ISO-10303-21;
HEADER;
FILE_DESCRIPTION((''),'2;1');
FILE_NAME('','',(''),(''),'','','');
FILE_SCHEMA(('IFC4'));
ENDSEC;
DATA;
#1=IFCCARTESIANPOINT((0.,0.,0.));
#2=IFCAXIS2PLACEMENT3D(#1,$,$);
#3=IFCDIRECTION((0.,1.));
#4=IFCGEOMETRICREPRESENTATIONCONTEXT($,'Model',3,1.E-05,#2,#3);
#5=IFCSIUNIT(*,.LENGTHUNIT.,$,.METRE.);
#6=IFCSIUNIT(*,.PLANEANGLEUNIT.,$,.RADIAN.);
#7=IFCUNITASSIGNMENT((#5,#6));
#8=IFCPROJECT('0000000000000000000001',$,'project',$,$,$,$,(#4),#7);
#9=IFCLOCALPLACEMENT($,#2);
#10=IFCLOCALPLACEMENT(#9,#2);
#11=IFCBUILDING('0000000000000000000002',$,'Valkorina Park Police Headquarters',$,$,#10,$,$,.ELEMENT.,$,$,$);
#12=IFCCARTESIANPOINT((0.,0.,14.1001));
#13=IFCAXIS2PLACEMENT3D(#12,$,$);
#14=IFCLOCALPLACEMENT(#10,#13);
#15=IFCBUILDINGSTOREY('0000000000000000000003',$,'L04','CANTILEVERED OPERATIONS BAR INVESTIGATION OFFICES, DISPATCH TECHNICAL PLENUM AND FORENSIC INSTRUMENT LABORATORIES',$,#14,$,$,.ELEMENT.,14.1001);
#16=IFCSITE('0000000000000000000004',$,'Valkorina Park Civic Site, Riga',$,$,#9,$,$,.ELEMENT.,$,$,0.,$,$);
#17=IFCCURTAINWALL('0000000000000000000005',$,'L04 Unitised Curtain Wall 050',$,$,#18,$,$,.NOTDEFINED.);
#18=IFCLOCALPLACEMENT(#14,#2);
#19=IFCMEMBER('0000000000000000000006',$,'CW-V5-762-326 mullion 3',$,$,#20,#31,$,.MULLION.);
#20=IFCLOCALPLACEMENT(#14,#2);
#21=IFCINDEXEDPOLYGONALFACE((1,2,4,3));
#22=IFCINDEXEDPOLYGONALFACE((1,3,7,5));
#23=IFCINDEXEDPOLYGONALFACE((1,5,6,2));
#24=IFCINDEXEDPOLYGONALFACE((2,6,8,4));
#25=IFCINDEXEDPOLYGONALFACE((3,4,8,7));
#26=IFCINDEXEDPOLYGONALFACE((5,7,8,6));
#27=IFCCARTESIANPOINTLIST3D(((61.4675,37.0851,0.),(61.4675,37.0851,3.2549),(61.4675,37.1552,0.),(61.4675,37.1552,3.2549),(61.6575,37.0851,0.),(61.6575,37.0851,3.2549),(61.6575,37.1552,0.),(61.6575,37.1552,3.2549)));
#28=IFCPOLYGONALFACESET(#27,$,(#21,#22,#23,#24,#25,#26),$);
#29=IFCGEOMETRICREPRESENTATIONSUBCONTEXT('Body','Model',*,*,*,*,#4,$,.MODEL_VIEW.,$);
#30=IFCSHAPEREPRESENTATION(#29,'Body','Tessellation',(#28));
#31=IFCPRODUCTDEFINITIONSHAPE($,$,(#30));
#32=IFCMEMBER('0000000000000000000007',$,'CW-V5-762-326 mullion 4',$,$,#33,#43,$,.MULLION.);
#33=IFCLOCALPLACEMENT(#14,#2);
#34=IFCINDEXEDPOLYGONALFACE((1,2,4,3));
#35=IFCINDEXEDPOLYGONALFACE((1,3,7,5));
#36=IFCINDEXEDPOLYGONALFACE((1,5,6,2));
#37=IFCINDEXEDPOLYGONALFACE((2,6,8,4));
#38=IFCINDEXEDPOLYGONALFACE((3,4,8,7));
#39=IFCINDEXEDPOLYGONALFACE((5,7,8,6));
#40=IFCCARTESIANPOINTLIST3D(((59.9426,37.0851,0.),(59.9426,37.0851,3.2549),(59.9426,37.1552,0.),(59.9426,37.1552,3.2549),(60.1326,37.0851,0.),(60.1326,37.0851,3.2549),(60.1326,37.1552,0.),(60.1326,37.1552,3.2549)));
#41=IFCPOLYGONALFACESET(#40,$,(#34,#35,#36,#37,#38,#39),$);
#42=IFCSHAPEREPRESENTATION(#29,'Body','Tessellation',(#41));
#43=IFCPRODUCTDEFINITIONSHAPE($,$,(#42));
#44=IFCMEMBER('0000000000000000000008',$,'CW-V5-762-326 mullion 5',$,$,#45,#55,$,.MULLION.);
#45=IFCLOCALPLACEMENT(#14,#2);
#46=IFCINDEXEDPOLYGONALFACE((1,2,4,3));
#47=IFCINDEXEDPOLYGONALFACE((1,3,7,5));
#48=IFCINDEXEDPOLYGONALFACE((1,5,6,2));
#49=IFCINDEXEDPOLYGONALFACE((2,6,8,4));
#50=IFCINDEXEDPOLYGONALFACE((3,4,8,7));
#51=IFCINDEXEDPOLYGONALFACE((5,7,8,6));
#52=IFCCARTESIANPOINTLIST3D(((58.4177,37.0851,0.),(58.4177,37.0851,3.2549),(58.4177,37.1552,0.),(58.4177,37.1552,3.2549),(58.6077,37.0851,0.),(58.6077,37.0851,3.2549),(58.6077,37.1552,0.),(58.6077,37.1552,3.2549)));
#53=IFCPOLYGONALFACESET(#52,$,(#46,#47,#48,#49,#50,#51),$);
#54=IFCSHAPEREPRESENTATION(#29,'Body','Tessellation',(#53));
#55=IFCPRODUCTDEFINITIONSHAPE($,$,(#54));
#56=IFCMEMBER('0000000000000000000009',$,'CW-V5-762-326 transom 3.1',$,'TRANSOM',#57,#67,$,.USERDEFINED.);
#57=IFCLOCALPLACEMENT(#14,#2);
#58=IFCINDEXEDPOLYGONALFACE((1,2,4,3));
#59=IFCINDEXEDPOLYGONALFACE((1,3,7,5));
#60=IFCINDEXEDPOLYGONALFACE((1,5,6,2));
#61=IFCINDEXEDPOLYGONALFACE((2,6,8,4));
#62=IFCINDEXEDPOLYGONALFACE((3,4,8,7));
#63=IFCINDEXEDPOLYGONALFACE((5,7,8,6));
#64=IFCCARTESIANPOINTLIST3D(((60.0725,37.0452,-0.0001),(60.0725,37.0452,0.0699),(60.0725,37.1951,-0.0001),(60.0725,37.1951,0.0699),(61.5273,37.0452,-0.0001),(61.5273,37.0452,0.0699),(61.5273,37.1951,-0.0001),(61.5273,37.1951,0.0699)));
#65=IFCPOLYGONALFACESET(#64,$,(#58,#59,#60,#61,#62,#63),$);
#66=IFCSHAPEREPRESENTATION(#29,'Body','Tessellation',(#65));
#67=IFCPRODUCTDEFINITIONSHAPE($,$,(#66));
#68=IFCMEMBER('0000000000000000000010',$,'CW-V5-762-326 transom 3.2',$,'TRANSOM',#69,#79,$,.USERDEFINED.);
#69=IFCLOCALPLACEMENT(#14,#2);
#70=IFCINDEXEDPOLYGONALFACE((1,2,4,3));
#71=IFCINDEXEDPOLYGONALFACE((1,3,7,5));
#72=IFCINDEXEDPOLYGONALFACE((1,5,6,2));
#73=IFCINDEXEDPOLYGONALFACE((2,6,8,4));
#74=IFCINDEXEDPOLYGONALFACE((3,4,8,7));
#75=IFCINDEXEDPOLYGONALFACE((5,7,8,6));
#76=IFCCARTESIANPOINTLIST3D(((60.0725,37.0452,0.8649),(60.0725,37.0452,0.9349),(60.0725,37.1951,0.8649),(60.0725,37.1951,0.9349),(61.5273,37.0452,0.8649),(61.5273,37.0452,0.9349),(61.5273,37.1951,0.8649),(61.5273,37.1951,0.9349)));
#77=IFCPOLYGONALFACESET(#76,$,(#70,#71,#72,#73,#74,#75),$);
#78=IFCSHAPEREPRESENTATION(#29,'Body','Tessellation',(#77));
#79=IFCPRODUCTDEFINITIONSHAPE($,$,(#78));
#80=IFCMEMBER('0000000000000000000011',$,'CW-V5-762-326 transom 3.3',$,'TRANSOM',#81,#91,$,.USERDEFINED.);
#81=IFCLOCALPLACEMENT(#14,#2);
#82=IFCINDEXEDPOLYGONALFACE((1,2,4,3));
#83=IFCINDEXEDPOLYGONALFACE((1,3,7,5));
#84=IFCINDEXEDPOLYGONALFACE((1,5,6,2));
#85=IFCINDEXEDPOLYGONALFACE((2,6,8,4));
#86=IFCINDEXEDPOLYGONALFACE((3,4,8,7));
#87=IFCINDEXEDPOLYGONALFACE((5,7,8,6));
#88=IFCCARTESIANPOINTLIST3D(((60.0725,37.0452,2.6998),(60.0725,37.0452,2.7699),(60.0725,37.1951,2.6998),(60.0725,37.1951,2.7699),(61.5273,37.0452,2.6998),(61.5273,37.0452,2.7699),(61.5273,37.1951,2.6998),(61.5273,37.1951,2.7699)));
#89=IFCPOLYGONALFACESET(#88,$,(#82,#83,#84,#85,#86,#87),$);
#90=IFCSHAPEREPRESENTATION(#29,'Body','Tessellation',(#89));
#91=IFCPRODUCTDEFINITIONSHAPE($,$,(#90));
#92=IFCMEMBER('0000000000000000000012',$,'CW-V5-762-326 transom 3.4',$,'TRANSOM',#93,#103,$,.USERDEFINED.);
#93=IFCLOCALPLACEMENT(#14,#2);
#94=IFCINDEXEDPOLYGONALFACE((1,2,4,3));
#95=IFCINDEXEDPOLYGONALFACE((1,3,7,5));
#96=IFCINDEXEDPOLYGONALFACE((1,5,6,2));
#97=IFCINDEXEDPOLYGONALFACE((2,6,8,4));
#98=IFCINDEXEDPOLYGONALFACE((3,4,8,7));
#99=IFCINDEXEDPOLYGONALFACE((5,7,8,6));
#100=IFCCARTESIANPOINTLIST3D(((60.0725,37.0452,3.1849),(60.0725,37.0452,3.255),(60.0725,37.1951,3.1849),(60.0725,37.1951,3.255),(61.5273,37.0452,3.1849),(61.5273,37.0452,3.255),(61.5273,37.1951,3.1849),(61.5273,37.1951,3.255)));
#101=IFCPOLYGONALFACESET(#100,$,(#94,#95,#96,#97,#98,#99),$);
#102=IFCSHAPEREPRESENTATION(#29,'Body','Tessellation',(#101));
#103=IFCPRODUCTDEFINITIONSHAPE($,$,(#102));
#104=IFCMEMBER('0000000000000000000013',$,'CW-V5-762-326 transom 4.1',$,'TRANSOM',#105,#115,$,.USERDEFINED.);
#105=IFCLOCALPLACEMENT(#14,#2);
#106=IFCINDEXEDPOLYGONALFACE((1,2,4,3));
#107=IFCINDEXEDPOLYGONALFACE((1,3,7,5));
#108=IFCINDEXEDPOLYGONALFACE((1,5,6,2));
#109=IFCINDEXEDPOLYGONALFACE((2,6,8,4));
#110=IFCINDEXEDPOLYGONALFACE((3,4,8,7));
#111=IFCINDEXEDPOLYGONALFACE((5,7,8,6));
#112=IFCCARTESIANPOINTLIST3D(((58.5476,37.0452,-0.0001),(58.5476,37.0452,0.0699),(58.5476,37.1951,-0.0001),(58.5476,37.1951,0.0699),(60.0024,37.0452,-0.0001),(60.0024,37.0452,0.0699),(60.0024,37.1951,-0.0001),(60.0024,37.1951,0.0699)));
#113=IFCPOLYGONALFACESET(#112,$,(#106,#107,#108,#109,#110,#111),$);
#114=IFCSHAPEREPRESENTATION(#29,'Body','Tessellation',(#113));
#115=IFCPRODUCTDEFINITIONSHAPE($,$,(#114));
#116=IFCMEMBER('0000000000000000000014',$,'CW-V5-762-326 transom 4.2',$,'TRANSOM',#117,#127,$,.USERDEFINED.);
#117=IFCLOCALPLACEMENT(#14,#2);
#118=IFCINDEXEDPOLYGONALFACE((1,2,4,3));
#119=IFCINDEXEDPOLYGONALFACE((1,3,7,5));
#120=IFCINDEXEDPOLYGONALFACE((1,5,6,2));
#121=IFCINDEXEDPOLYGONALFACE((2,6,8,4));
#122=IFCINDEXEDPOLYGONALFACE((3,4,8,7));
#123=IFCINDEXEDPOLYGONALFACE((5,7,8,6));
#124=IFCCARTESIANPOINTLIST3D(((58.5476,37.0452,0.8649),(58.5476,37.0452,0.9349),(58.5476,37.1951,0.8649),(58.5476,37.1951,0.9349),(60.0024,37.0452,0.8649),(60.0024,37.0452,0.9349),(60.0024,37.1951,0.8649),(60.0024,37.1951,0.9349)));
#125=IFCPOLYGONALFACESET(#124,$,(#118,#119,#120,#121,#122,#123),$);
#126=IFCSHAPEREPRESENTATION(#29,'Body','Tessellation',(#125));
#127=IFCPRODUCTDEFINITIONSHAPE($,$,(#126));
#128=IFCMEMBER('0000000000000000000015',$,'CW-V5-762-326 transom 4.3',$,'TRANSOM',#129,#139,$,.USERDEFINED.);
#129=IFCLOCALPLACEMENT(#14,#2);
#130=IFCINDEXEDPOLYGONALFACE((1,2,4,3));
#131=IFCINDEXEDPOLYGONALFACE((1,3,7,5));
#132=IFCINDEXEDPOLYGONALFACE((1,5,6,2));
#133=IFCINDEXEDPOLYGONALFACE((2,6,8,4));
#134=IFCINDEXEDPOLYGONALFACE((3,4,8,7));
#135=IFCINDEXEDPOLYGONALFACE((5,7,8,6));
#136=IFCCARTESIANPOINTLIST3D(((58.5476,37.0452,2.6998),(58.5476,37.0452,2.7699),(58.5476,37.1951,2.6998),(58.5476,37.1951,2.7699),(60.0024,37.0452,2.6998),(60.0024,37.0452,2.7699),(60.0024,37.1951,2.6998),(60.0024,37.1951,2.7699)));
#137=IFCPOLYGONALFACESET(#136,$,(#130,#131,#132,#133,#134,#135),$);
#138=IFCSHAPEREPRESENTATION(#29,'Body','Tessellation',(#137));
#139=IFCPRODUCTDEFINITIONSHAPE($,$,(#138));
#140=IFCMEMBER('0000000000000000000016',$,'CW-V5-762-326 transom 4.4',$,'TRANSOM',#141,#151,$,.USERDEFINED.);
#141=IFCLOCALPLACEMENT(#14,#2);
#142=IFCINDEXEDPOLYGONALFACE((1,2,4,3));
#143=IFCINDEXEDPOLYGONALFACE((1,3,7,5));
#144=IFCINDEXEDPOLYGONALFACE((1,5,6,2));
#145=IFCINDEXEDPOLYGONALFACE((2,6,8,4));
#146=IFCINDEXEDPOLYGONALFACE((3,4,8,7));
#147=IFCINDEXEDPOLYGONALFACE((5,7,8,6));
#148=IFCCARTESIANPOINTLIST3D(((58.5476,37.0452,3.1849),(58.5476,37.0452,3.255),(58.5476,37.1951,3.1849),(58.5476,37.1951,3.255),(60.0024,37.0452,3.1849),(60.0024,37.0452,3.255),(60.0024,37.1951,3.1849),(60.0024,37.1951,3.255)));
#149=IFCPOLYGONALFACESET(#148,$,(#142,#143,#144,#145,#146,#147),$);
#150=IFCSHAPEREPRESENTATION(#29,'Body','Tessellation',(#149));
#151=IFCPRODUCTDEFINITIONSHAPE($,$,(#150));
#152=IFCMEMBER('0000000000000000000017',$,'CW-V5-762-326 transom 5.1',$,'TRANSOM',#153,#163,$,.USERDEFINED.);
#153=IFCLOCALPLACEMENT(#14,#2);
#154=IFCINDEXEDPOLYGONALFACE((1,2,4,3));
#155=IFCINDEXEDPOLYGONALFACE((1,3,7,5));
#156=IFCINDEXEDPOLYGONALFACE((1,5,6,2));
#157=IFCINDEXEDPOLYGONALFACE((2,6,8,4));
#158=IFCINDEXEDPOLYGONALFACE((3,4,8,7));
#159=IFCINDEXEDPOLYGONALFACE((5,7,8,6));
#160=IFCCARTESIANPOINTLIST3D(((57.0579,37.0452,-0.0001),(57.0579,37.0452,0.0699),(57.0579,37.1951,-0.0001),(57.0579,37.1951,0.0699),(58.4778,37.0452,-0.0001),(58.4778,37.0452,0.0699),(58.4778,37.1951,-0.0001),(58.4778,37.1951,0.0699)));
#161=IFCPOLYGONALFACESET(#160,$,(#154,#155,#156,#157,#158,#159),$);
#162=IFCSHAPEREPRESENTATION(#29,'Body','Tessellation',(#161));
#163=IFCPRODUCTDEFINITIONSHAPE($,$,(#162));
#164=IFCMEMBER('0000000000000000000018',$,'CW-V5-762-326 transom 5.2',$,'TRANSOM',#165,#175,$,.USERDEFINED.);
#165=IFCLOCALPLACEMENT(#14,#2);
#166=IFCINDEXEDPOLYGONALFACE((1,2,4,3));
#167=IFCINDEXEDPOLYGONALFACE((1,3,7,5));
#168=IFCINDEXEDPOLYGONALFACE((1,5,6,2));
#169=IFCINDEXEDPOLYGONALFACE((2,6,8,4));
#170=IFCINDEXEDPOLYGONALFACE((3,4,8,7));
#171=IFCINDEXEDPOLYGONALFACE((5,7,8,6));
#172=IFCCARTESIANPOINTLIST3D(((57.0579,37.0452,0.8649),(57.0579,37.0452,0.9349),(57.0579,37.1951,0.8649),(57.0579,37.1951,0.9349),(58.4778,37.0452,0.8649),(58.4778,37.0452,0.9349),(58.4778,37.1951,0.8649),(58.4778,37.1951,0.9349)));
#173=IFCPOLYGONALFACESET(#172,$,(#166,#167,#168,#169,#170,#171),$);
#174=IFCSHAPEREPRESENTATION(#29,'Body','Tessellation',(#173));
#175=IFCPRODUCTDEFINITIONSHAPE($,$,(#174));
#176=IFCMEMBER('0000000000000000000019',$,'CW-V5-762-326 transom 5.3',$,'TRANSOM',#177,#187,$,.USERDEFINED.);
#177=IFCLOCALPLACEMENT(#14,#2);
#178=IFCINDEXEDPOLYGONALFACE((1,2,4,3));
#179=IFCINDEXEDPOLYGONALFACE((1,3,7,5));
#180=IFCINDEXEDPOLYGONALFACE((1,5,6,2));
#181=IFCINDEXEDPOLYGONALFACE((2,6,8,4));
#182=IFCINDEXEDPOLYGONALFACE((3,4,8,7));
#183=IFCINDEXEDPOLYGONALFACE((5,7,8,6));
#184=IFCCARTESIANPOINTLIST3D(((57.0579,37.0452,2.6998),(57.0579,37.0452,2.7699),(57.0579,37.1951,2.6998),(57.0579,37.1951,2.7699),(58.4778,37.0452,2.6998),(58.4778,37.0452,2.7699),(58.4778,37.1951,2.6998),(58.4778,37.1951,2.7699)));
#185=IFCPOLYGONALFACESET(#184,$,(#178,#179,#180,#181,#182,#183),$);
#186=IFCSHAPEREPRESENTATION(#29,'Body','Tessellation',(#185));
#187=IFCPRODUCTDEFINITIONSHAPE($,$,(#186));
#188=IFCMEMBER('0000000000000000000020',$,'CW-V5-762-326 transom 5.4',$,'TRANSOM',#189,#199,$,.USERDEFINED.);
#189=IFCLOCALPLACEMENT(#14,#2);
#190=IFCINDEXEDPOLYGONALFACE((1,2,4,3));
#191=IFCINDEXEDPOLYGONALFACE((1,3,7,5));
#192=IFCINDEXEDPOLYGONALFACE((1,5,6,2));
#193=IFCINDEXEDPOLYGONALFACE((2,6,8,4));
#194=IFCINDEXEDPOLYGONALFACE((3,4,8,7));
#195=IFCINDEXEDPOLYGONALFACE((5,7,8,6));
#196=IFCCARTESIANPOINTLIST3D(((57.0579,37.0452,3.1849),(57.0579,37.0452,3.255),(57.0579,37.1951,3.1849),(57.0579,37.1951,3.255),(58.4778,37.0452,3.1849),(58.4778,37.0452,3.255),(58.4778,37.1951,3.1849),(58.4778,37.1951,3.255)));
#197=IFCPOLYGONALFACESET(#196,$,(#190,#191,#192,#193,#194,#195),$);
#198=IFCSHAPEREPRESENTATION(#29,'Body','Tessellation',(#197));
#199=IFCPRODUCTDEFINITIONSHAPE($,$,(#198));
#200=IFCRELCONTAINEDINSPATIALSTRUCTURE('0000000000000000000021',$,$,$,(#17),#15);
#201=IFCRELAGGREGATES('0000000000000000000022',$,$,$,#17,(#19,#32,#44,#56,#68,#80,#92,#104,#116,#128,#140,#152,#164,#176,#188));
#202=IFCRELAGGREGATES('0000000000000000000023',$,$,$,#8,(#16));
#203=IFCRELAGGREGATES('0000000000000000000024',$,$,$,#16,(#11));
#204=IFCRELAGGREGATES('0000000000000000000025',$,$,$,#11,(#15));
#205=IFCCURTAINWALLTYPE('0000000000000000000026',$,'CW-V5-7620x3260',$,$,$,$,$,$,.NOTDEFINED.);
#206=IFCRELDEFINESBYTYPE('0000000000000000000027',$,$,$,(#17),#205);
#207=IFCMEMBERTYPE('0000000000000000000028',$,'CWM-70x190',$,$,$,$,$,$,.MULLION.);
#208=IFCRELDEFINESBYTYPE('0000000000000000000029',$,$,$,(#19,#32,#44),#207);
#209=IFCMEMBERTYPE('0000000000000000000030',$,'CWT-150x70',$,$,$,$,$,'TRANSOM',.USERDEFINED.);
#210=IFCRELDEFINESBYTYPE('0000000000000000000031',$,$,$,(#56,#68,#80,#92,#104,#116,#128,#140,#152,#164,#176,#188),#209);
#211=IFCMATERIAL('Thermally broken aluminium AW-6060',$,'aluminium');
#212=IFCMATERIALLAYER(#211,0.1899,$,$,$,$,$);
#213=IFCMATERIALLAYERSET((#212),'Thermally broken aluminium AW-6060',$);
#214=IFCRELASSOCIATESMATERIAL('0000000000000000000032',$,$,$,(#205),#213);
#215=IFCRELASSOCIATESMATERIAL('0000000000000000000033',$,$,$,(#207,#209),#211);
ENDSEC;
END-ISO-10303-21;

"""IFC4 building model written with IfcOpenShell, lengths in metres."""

from ifc_helpers import new_model, si_unit, direction, frame, origin, origin_2d, place, context, subcontext, project, spatial, rectangle, extrude, material, layer, layer_set, material_profile, profile_set, type_object, element, aggregate, save


model = new_model("IFC4")

# Units and contexts
model_context = context("Model", 3, precision=1e-05, world=origin(), true_north=direction((0.0, 1.0)))
body_context = subcontext(model_context, "Body", "Model", "MODEL_VIEW")
ifc_project = project(units=[si_unit("LENGTHUNIT", "METRE"), si_unit("PLANEANGLEUNIT", "RADIAN")], contexts=[model_context])

# Site, building, storey
site_placement = place(None, origin())
site = spatial("IfcSite", under=ifc_project, at=site_placement, Name="Valkorina Park Civic Site, Riga", CompositionType="ELEMENT", RefElevation=0.0)
building_placement = place(site_placement, origin())
building = spatial("IfcBuilding", under=site, at=building_placement, Name="Valkorina Park Police Headquarters", CompositionType="ELEMENT")
storey_placement = place(building_placement, frame((0.0, 0.0, 14.1001)))
storey = spatial("IfcBuildingStorey", under=building, at=storey_placement, Name="L04", Description="CANTILEVERED OPERATIONS BAR INVESTIGATION OFFICES, DISPATCH TECHNICAL PLENUM AND FORENSIC INSTRUMENT LABORATORIES", CompositionType="ELEMENT", Elevation=14.1001)

# Curtain wall, members
ifc_material_1 = material(Name="Thermally broken aluminium AW-6060", Category="aluminium")
ifc_layer_1 = layer(ifc_material_1, 0.1899)
ifc_layer_set_1 = layer_set([ifc_layer_1], Name="Thermally broken aluminium AW-6060")
curtain_wall_type = type_object("IfcCurtainWallType", Name="CW-V5-7620x3260", PredefinedType="NOTDEFINED", material=ifc_layer_set_1)
curtain_wall_placement = place(storey_placement, origin())
curtain_wall = element("IfcCurtainWall", 1, at=curtain_wall_placement, inside=storey, type_object=curtain_wall_type, Name="L04 Unitised Curtain Wall 050", PredefinedType="NOTDEFINED")
ifc_material_profile_1 = material_profile(ifc_material_1, rectangle(XDim=0.0701, YDim=0.1899, at=origin_2d()), Name="CWM-02 70x190")
ifc_profile_set_1 = profile_set([ifc_material_profile_1], Name="Thermally broken aluminium AW-6060")
member_type_1 = type_object("IfcMemberType", Name="CWM-70x190", PredefinedType="MULLION", material=ifc_profile_set_1)
member_1_placement = place(storey_placement, frame((61.5625, 37.1201, 0.0), z_axis=(0.0, 0.0, 1.0), x_axis=(0.0, -1.0, 0.0)))
member_1 = element("IfcMember", 2, at=member_1_placement, type_object=member_type_1, Name="CW-V5-762-326 mullion 3", PredefinedType="MULLION", context=body_context, shape_type="SweptSolid", body=[
    extrude(rectangle(XDim=0.0701, YDim=0.1899, at=origin_2d()), origin(), (0.0, 0.0, 1.0), 3.2549),
])
member_2_placement = place(storey_placement, frame((60.0376, 37.1201, 0.0), z_axis=(0.0, 0.0, 1.0), x_axis=(0.0, -1.0, 0.0)))
member_2 = element("IfcMember", 3, at=member_2_placement, type_object=member_type_1, Name="CW-V5-762-326 mullion 4", PredefinedType="MULLION", context=body_context, shape_type="SweptSolid", body=[
    extrude(rectangle(XDim=0.0701, YDim=0.1899, at=origin_2d()), origin(), (0.0, 0.0, 1.0), 3.2549),
])
member_3_placement = place(storey_placement, frame((58.5127, 37.1201, 0.0), z_axis=(0.0, 0.0, 1.0), x_axis=(0.0, -1.0, 0.0)))
member_3 = element("IfcMember", 4, at=member_3_placement, type_object=member_type_1, Name="CW-V5-762-326 mullion 5", PredefinedType="MULLION", context=body_context, shape_type="SweptSolid", body=[
    extrude(rectangle(XDim=0.0701, YDim=0.1899, at=origin_2d()), origin(), (0.0, 0.0, 1.0), 3.2549),
])
ifc_material_profile_2 = material_profile(ifc_material_1, rectangle(XDim=0.1499, YDim=0.0701, at=origin_2d()), Name="CWT-02 150x70")
ifc_profile_set_2 = profile_set([ifc_material_profile_2], Name="Thermally broken aluminium AW-6060")
member_type_2 = type_object("IfcMemberType", Name="CWT-150x70", ElementType="TRANSOM", PredefinedType="USERDEFINED", material=ifc_profile_set_2)
member_4_placement = place(storey_placement, frame((61.5273, 37.1201, 0.0349), z_axis=(-1.0, 0.0, 0.0), x_axis=(0.0, -1.0, 0.0)))
member_4 = element("IfcMember", 5, at=member_4_placement, type_object=member_type_2, Name="CW-V5-762-326 transom 3.1", ObjectType="TRANSOM", PredefinedType="USERDEFINED", context=body_context, shape_type="SweptSolid", body=[
    extrude(rectangle(XDim=0.1499, YDim=0.0701, at=origin_2d()), origin(), (0.0, 0.0, 1.0), 1.4548),
])
member_5_placement = place(storey_placement, frame((61.5273, 37.1201, 0.8999), z_axis=(-1.0, 0.0, 0.0), x_axis=(0.0, -1.0, 0.0)))
member_5 = element("IfcMember", 6, at=member_5_placement, type_object=member_type_2, Name="CW-V5-762-326 transom 3.2", ObjectType="TRANSOM", PredefinedType="USERDEFINED", context=body_context, shape_type="SweptSolid", body=[
    extrude(rectangle(XDim=0.1499, YDim=0.0701, at=origin_2d()), origin(), (0.0, 0.0, 1.0), 1.4548),
])
member_6_placement = place(storey_placement, frame((61.5273, 37.1201, 2.7349), z_axis=(-1.0, 0.0, 0.0), x_axis=(0.0, -1.0, 0.0)))
member_6 = element("IfcMember", 7, at=member_6_placement, type_object=member_type_2, Name="CW-V5-762-326 transom 3.3", ObjectType="TRANSOM", PredefinedType="USERDEFINED", context=body_context, shape_type="SweptSolid", body=[
    extrude(rectangle(XDim=0.1499, YDim=0.0701, at=origin_2d()), origin(), (0.0, 0.0, 1.0), 1.4548),
])
member_7_placement = place(storey_placement, frame((61.5273, 37.1201, 3.22), z_axis=(-1.0, 0.0, 0.0), x_axis=(0.0, -1.0, 0.0)))
member_7 = element("IfcMember", 8, at=member_7_placement, type_object=member_type_2, Name="CW-V5-762-326 transom 3.4", ObjectType="TRANSOM", PredefinedType="USERDEFINED", context=body_context, shape_type="SweptSolid", body=[
    extrude(rectangle(XDim=0.1499, YDim=0.0701, at=origin_2d()), origin(), (0.0, 0.0, 1.0), 1.4548),
])
member_8_placement = place(storey_placement, frame((60.0024, 37.1201, 0.0349), z_axis=(-1.0, 0.0, 0.0), x_axis=(0.0, -1.0, 0.0)))
member_8 = element("IfcMember", 9, at=member_8_placement, type_object=member_type_2, Name="CW-V5-762-326 transom 4.1", ObjectType="TRANSOM", PredefinedType="USERDEFINED", context=body_context, shape_type="SweptSolid", body=[
    extrude(rectangle(XDim=0.1499, YDim=0.0701, at=origin_2d()), origin(), (0.0, 0.0, 1.0), 1.4548),
])
member_9_placement = place(storey_placement, frame((60.0024, 37.1201, 0.8999), z_axis=(-1.0, 0.0, 0.0), x_axis=(0.0, -1.0, 0.0)))
member_9 = element("IfcMember", 10, at=member_9_placement, type_object=member_type_2, Name="CW-V5-762-326 transom 4.2", ObjectType="TRANSOM", PredefinedType="USERDEFINED", context=body_context, shape_type="SweptSolid", body=[
    extrude(rectangle(XDim=0.1499, YDim=0.0701, at=origin_2d()), origin(), (0.0, 0.0, 1.0), 1.4548),
])
member_10_placement = place(storey_placement, frame((60.0024, 37.1201, 2.7349), z_axis=(-1.0, 0.0, 0.0), x_axis=(0.0, -1.0, 0.0)))
member_10 = element("IfcMember", 11, at=member_10_placement, type_object=member_type_2, Name="CW-V5-762-326 transom 4.3", ObjectType="TRANSOM", PredefinedType="USERDEFINED", context=body_context, shape_type="SweptSolid", body=[
    extrude(rectangle(XDim=0.1499, YDim=0.0701, at=origin_2d()), origin(), (0.0, 0.0, 1.0), 1.4548),
])
member_11_placement = place(storey_placement, frame((60.0024, 37.1201, 3.22), z_axis=(-1.0, 0.0, 0.0), x_axis=(0.0, -1.0, 0.0)))
member_11 = element("IfcMember", 12, at=member_11_placement, type_object=member_type_2, Name="CW-V5-762-326 transom 4.4", ObjectType="TRANSOM", PredefinedType="USERDEFINED", context=body_context, shape_type="SweptSolid", body=[
    extrude(rectangle(XDim=0.1499, YDim=0.0701, at=origin_2d()), origin(), (0.0, 0.0, 1.0), 1.4548),
])
member_12_placement = place(storey_placement, frame((58.4778, 37.1201, 0.0349), z_axis=(-1.0, 0.0, 0.0), x_axis=(0.0, -1.0, 0.0)))
member_12 = element("IfcMember", 13, at=member_12_placement, type_object=member_type_2, Name="CW-V5-762-326 transom 5.1", ObjectType="TRANSOM", PredefinedType="USERDEFINED", context=body_context, shape_type="SweptSolid", body=[
    extrude(rectangle(XDim=0.1499, YDim=0.0701, at=origin_2d()), origin(), (0.0, 0.0, 1.0), 1.4199),
])
member_13_placement = place(storey_placement, frame((58.4778, 37.1201, 0.8999), z_axis=(-1.0, 0.0, 0.0), x_axis=(0.0, -1.0, 0.0)))
member_13 = element("IfcMember", 14, at=member_13_placement, type_object=member_type_2, Name="CW-V5-762-326 transom 5.2", ObjectType="TRANSOM", PredefinedType="USERDEFINED", context=body_context, shape_type="SweptSolid", body=[
    extrude(rectangle(XDim=0.1499, YDim=0.0701, at=origin_2d()), origin(), (0.0, 0.0, 1.0), 1.4199),
])
member_14_placement = place(storey_placement, frame((58.4778, 37.1201, 2.7349), z_axis=(-1.0, 0.0, 0.0), x_axis=(0.0, -1.0, 0.0)))
member_14 = element("IfcMember", 15, at=member_14_placement, type_object=member_type_2, Name="CW-V5-762-326 transom 5.3", ObjectType="TRANSOM", PredefinedType="USERDEFINED", context=body_context, shape_type="SweptSolid", body=[
    extrude(rectangle(XDim=0.1499, YDim=0.0701, at=origin_2d()), origin(), (0.0, 0.0, 1.0), 1.4199),
])
member_15_placement = place(storey_placement, frame((58.4778, 37.1201, 3.22), z_axis=(-1.0, 0.0, 0.0), x_axis=(0.0, -1.0, 0.0)))
member_15 = element("IfcMember", 16, at=member_15_placement, type_object=member_type_2, Name="CW-V5-762-326 transom 5.4", ObjectType="TRANSOM", PredefinedType="USERDEFINED", context=body_context, shape_type="SweptSolid", body=[
    extrude(rectangle(XDim=0.1499, YDim=0.0701, at=origin_2d()), origin(), (0.0, 0.0, 1.0), 1.4199),
])
aggregate(curtain_wall, [member_1, member_2, member_3, member_4, member_5, member_6, member_7, member_8, member_9, member_10, member_11, member_12, member_13, member_14, member_15])

save(model, "model.ifc")
